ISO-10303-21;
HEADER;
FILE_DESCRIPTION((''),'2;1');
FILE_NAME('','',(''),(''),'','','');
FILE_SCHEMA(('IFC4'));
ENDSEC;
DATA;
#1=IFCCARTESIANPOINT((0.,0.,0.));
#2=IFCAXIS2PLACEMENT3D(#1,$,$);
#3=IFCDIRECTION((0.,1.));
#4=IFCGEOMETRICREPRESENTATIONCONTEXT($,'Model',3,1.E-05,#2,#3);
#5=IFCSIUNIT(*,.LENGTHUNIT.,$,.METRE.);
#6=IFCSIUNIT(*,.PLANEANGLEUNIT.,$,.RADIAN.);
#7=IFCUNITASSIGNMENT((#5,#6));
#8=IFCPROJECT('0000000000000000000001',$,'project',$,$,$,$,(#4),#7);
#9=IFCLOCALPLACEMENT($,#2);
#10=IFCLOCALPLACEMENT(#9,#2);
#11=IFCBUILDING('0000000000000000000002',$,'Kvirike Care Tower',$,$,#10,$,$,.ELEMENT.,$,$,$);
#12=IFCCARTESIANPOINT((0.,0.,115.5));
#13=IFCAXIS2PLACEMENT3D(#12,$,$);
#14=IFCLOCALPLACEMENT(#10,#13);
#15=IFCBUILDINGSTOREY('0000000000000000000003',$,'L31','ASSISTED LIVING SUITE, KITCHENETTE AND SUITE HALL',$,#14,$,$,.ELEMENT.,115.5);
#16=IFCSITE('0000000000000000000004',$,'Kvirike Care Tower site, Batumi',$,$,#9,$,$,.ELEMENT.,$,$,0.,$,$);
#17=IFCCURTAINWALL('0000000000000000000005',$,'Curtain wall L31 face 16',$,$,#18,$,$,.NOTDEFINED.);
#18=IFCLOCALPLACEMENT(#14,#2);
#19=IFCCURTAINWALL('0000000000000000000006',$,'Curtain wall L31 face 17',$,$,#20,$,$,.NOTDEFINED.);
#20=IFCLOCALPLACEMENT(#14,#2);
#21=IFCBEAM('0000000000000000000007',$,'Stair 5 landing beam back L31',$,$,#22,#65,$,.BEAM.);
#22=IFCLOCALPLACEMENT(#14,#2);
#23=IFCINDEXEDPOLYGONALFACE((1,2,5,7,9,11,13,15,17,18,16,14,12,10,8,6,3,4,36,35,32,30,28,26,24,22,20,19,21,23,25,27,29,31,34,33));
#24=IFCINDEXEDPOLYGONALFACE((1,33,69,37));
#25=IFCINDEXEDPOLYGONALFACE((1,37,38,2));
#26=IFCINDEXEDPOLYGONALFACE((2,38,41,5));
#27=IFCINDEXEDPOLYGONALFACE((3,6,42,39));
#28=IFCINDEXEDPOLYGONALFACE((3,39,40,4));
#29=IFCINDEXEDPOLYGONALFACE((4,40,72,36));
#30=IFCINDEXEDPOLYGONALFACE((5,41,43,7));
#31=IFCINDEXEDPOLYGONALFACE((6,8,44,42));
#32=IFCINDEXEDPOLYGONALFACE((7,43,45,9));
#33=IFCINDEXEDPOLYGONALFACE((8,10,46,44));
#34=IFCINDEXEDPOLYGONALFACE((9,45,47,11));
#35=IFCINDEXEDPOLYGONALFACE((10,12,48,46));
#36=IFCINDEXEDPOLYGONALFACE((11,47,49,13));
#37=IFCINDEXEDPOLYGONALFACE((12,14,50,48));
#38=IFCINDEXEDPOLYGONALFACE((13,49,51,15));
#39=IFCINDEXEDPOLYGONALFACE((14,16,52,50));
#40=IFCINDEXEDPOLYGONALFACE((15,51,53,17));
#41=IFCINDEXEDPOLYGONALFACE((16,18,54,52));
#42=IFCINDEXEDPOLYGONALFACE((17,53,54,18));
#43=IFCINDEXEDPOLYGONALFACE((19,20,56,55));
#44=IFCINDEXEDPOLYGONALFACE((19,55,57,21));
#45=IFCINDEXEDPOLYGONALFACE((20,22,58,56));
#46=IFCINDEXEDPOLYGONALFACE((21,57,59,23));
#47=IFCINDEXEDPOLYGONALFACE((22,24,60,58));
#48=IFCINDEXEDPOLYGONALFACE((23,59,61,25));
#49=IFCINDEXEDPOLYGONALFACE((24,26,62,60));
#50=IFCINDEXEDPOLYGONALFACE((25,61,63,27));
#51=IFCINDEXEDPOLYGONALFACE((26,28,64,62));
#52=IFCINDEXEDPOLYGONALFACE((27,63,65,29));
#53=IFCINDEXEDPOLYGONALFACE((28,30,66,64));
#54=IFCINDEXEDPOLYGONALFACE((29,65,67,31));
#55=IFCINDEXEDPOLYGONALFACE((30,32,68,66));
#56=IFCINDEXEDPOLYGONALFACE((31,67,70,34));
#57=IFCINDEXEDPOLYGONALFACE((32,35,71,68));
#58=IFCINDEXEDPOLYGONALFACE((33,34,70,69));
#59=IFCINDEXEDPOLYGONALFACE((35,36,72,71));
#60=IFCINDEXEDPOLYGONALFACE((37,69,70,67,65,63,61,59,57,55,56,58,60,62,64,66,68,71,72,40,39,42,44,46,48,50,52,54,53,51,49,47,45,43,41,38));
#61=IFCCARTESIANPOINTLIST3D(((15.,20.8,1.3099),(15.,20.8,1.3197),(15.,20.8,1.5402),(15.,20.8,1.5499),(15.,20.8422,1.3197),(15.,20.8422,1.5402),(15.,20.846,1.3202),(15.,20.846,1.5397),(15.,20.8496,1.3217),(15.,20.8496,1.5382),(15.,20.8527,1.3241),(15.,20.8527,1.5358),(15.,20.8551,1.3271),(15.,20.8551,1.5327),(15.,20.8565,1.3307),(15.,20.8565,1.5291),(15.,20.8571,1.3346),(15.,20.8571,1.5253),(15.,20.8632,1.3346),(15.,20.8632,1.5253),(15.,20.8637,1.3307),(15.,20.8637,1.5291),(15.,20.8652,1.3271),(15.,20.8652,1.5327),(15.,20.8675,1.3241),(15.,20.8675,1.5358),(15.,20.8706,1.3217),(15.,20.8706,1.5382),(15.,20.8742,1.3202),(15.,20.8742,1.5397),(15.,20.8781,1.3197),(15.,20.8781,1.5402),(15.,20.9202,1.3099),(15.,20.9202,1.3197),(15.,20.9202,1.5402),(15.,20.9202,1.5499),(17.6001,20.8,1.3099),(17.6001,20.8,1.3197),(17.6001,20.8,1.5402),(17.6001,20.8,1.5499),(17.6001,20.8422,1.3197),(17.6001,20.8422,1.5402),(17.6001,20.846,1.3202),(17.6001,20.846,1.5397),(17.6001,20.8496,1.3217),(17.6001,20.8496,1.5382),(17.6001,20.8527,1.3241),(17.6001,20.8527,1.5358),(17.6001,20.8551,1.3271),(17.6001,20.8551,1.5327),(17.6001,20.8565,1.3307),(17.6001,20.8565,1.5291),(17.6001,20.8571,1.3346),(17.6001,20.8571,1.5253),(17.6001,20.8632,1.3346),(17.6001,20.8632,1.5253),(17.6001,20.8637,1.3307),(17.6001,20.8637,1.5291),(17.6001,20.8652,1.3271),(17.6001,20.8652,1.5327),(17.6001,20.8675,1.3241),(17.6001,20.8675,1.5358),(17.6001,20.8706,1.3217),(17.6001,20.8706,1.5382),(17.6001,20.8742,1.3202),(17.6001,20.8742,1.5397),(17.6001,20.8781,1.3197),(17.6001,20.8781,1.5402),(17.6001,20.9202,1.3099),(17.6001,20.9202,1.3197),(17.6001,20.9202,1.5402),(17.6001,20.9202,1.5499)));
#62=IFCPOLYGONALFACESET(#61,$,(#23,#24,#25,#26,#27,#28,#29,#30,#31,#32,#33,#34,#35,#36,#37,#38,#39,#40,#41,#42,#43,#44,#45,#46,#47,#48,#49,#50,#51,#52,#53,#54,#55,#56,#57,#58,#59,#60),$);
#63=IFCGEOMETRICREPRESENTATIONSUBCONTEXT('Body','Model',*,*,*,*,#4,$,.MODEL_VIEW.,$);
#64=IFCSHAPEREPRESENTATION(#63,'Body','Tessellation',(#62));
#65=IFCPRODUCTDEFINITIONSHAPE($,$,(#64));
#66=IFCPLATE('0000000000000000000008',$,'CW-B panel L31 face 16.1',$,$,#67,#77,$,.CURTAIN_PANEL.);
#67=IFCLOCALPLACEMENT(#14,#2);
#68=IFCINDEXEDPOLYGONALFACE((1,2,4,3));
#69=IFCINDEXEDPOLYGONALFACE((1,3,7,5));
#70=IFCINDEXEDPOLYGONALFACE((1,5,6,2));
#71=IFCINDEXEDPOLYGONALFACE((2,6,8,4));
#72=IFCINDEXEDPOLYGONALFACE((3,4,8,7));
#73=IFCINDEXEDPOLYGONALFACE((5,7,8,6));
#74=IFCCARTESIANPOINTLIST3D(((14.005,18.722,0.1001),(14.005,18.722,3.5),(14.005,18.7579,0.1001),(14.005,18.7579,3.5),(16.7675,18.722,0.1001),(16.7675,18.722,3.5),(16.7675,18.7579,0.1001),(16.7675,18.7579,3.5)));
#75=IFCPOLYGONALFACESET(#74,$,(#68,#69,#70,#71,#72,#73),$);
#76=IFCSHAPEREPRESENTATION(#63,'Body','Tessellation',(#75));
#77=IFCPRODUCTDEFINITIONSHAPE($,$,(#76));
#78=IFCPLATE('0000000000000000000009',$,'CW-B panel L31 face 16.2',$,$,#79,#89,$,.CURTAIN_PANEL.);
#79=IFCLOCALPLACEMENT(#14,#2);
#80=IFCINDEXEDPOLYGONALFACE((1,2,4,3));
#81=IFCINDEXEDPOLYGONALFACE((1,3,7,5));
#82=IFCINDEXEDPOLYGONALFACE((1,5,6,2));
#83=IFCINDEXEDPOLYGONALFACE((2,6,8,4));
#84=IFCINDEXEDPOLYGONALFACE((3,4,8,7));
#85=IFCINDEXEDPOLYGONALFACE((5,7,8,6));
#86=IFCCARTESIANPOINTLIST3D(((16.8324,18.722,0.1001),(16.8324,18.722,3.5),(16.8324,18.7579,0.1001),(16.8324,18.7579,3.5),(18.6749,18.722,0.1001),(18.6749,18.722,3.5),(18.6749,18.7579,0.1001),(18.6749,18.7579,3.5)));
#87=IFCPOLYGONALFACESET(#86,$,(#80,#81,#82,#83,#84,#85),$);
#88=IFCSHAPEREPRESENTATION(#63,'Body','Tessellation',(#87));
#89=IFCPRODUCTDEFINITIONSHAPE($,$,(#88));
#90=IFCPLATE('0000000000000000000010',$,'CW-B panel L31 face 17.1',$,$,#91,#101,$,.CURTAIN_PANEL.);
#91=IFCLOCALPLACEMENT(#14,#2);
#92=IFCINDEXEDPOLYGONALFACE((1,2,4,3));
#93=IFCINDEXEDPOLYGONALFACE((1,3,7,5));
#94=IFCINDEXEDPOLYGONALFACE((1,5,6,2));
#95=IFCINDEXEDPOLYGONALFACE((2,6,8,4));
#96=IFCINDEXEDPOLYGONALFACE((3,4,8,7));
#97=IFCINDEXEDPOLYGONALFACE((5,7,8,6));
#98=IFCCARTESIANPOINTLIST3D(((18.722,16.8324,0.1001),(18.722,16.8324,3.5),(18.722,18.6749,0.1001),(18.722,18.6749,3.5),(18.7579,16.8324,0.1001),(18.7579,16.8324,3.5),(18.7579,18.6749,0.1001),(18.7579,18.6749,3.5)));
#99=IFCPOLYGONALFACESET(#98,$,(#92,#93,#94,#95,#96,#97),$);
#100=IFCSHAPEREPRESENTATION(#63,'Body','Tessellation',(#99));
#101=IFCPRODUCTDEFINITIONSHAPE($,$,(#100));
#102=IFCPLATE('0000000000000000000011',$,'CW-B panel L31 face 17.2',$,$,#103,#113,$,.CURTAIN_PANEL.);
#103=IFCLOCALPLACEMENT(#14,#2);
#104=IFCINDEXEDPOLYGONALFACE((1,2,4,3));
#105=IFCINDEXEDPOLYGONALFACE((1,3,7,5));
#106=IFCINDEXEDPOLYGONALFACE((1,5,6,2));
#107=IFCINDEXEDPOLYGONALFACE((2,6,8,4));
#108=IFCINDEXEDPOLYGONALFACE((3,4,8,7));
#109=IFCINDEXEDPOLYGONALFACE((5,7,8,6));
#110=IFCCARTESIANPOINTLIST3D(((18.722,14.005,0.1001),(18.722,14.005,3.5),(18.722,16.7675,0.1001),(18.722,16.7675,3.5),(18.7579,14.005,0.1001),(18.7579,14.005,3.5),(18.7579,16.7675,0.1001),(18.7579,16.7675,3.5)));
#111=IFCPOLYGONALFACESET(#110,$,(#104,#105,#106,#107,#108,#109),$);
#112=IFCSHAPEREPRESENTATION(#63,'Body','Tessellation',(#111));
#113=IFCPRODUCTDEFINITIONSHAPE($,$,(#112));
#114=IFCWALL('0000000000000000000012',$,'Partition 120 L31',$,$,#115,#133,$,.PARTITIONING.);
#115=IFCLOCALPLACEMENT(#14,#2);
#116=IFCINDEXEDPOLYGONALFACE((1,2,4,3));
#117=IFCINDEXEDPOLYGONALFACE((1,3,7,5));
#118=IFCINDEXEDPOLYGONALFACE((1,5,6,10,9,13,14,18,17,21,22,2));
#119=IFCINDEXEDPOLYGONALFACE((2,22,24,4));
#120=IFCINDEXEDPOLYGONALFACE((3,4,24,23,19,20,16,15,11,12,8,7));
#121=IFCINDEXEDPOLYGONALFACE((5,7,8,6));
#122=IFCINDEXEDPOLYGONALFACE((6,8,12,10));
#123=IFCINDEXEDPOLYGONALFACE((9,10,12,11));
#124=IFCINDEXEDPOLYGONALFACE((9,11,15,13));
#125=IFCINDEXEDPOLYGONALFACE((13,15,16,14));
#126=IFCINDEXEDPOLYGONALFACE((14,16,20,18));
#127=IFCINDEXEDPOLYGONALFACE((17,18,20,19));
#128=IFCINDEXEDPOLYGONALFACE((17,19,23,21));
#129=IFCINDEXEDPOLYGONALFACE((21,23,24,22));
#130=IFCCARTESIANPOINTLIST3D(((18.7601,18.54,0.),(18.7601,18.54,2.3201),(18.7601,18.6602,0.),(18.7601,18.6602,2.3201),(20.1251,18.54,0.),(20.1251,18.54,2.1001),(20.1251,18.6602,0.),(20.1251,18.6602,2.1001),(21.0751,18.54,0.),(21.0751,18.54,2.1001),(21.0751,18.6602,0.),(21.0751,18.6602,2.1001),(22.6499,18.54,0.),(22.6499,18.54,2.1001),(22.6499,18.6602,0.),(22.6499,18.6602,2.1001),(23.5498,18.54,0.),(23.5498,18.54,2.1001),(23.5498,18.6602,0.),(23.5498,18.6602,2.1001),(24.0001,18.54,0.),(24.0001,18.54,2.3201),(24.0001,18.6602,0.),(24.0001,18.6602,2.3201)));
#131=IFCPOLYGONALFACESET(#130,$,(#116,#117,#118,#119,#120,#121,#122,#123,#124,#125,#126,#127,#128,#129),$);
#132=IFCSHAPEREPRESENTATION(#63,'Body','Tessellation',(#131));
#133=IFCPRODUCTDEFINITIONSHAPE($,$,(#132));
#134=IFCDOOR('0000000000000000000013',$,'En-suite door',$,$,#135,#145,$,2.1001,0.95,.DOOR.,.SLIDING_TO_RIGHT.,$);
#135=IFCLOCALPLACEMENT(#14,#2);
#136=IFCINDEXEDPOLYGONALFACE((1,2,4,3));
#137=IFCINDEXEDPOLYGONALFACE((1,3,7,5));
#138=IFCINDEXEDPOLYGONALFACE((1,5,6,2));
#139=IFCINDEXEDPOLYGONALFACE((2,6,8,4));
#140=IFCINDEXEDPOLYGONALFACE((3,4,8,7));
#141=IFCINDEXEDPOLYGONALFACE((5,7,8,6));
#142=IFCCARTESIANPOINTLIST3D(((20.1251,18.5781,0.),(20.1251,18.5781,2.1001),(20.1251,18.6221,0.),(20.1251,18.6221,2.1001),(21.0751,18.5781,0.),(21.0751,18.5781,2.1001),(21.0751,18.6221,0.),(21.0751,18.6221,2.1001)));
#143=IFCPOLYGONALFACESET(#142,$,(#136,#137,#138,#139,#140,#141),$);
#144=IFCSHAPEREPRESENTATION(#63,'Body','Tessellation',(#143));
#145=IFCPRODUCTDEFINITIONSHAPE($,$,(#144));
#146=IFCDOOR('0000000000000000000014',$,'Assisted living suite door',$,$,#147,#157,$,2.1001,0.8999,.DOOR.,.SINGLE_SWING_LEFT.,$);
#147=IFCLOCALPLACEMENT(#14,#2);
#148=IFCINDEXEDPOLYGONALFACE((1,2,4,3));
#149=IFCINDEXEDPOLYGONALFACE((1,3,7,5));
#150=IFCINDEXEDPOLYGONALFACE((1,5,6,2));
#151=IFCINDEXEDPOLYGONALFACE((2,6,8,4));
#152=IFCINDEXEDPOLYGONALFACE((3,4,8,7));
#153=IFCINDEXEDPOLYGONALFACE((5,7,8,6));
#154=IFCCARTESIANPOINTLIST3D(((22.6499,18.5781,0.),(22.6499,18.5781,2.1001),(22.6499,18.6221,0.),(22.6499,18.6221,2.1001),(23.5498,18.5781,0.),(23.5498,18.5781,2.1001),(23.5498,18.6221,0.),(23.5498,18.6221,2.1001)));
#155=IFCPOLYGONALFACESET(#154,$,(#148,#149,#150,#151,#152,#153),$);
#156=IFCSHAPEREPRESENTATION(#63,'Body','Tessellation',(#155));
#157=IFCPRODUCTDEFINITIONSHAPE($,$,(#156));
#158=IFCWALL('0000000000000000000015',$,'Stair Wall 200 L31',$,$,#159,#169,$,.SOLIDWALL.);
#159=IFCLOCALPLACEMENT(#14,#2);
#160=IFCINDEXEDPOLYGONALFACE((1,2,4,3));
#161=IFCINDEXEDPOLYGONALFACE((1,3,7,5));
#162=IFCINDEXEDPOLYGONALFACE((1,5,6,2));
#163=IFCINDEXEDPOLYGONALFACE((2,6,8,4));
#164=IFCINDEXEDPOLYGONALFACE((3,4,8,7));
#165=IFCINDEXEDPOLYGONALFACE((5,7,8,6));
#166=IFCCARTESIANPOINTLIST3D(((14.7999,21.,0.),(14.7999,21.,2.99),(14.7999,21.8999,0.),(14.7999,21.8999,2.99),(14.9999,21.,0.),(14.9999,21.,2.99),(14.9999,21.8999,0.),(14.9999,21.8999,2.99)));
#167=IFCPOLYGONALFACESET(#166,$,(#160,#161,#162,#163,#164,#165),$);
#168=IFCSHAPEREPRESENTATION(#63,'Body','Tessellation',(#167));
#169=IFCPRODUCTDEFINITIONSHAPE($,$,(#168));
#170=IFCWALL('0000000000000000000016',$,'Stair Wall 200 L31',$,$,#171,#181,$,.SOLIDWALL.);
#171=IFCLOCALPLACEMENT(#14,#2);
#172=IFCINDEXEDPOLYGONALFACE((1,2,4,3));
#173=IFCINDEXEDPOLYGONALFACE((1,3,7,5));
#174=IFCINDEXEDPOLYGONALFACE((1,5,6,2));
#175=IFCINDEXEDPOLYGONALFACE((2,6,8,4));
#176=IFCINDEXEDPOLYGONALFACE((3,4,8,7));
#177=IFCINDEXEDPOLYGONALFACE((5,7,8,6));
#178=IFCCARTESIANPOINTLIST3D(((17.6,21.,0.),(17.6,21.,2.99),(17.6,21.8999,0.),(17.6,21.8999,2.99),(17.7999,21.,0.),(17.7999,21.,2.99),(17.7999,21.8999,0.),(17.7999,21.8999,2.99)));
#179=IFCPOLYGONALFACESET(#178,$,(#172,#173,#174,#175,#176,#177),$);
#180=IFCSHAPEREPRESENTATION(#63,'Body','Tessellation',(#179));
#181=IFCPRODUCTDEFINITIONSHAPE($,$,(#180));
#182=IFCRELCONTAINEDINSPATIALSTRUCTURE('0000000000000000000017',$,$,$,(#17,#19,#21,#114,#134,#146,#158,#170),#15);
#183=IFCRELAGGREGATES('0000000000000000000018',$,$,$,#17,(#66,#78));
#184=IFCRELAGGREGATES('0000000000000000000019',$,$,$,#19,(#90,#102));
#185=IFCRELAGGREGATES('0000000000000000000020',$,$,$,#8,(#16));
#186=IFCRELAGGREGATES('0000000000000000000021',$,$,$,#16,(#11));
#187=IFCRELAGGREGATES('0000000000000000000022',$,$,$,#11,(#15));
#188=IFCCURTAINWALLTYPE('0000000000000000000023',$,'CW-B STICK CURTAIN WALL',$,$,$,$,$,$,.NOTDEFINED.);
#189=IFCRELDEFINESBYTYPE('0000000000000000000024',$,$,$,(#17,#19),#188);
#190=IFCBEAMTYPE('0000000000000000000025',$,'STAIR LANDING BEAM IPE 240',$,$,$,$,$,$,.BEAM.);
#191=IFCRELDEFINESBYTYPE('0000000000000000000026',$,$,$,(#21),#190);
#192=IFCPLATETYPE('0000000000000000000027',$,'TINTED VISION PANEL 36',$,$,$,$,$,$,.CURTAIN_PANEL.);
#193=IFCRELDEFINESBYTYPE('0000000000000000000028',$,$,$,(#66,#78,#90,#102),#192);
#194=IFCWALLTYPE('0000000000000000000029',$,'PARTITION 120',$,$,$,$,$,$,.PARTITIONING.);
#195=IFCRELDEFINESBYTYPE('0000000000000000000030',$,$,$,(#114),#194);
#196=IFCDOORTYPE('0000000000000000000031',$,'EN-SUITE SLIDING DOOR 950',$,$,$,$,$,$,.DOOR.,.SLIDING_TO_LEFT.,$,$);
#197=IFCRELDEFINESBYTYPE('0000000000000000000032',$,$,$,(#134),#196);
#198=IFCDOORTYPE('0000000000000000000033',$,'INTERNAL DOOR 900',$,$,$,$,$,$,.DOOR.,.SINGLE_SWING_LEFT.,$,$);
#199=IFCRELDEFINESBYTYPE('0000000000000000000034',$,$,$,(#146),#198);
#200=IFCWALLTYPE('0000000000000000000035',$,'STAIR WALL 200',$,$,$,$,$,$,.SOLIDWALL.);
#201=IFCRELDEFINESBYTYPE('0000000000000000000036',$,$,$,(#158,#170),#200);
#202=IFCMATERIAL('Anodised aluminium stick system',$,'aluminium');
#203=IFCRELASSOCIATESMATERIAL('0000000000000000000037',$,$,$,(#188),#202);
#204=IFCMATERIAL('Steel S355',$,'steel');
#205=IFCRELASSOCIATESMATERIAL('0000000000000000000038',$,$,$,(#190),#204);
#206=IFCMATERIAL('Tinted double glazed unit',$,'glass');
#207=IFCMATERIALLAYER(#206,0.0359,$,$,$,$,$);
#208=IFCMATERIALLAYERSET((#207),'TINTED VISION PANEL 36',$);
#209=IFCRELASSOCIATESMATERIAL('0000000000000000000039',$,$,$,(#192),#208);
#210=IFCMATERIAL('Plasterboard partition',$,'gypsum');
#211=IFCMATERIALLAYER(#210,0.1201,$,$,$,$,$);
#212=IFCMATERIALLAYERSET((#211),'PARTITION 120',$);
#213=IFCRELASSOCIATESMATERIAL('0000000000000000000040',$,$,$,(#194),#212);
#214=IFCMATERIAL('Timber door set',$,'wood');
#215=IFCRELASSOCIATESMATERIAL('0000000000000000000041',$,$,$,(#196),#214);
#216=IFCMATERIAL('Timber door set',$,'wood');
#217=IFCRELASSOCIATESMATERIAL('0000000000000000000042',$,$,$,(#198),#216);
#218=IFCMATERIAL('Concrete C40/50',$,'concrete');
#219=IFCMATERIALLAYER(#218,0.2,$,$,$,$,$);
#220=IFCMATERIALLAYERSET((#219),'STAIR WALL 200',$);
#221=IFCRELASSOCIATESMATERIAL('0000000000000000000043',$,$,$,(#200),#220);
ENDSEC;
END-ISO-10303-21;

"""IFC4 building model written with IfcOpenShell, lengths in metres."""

from ifc_helpers import new_model, si_unit, direction, frame, frame_2d, origin, origin_2d, place, context, subcontext, project, spatial, rectangle, i_section, extrude, material, layer, layer_set, material_profile, profile_set, type_object, element, fill, aggregate, save


model = new_model("IFC4")

# Units and contexts
model_context = context("Model", 3, precision=1e-05, world=origin(), true_north=direction((0.0, 1.0)))
body_context = subcontext(model_context, "Body", "Model", "MODEL_VIEW")
ifc_project = project(units=[si_unit("LENGTHUNIT", "METRE"), si_unit("PLANEANGLEUNIT", "RADIAN")], contexts=[model_context])

# Site, building, storey
site_placement = place(None, origin())
site = spatial("IfcSite", under=ifc_project, at=site_placement, Name="Kvirike Care Tower site, Batumi", CompositionType="ELEMENT", RefElevation=0.0)
building_placement = place(site_placement, origin())
building = spatial("IfcBuilding", under=site, at=building_placement, Name="Kvirike Care Tower", CompositionType="ELEMENT")
storey_placement = place(building_placement, frame((0.0, 0.0, 115.5)))
storey = spatial("IfcBuildingStorey", under=building, at=storey_placement, Name="L31", Description="ASSISTED LIVING SUITE, KITCHENETTE AND SUITE HALL", CompositionType="ELEMENT", Elevation=115.5)

# Curtain walls
ifc_material_1 = material(Name="Anodised aluminium stick system", Category="aluminium")
curtain_wall_type = type_object("IfcCurtainWallType", Name="CW-B STICK CURTAIN WALL", PredefinedType="NOTDEFINED", material=ifc_material_1)
curtain_wall_1_placement = place(storey_placement, origin())
curtain_wall_1 = element("IfcCurtainWall", 1, at=curtain_wall_1_placement, inside=storey, type_object=curtain_wall_type, Name="Curtain wall L31 face 16", PredefinedType="NOTDEFINED")
curtain_wall_2_placement = place(storey_placement, origin())
curtain_wall_2 = element("IfcCurtainWall", 2, at=curtain_wall_2_placement, inside=storey, type_object=curtain_wall_type, Name="Curtain wall L31 face 17", PredefinedType="NOTDEFINED")

# Beam
ifc_material_2 = material(Name="Steel S355", Category="steel")
ifc_material_profile_1 = material_profile(ifc_material_2, i_section(OverallWidth=0.1201, OverallDepth=0.24, WebThickness=0.0061, FlangeThickness=0.0098, FilletRadius=0.0149, at=origin_2d()), Name="IPE 240")
ifc_profile_set_1 = profile_set([ifc_material_profile_1], Name="Steel S355")
beam_type = type_object("IfcBeamType", Name="STAIR LANDING BEAM IPE 240", PredefinedType="BEAM", material=ifc_profile_set_1)
beam_placement = place(storey_placement, frame((15.0, 20.8601, 1.4299), z_axis=(1.0, 0.0, 0.0), x_axis=(0.0, 1.0, 0.0)))
element("IfcBeam", 3, at=beam_placement, inside=storey, type_object=beam_type, Name="Stair 5 landing beam back L31", PredefinedType="BEAM", context=body_context, shape_type="SweptSolid", body=[
    extrude(i_section(OverallWidth=0.1201, OverallDepth=0.24, WebThickness=0.0061, FlangeThickness=0.0098, FilletRadius=0.0149, at=origin_2d()), origin(), (0.0, 0.0, 1.0), 2.6001),
])

# Plates
ifc_material_3 = material(Name="Tinted double glazed unit", Category="glass")
ifc_layer_1 = layer(ifc_material_3, 0.0359)
ifc_layer_set_1 = layer_set([ifc_layer_1], Name="TINTED VISION PANEL 36")
plate_type = type_object("IfcPlateType", Name="TINTED VISION PANEL 36", PredefinedType="CURTAIN_PANEL", material=ifc_layer_set_1)
plate_1_placement = place(storey_placement, frame((15.3862, 18.74, 0.1001), z_axis=(0.0, 0.0, 1.0), x_axis=(1.0, 0.0, 0.0)))
plate_1 = element("IfcPlate", 4, at=plate_1_placement, type_object=plate_type, Name="CW-B panel L31 face 16.1", PredefinedType="CURTAIN_PANEL", context=body_context, shape_type="SweptSolid", body=[
    extrude(rectangle(XDim=2.7625, YDim=0.0359, at=origin_2d()), origin(), (0.0, 0.0, 1.0), 3.3999),
])
plate_2_placement = place(storey_placement, frame((17.7537, 18.74, 0.1001), z_axis=(0.0, 0.0, 1.0), x_axis=(1.0, 0.0, 0.0)))
plate_2 = element("IfcPlate", 5, at=plate_2_placement, type_object=plate_type, Name="CW-B panel L31 face 16.2", PredefinedType="CURTAIN_PANEL", context=body_context, shape_type="SweptSolid", body=[
    extrude(rectangle(XDim=1.8425, YDim=0.0359, at=origin_2d()), origin(), (0.0, 0.0, 1.0), 3.3999),
])
aggregate(curtain_wall_1, [plate_1, plate_2])
plate_3_placement = place(storey_placement, frame((18.74, 17.7537, 0.1001), z_axis=(0.0, 0.0, 1.0), x_axis=(0.0, -1.0, 0.0)))
plate_3 = element("IfcPlate", 6, at=plate_3_placement, type_object=plate_type, Name="CW-B panel L31 face 17.1", PredefinedType="CURTAIN_PANEL", context=body_context, shape_type="SweptSolid", body=[
    extrude(rectangle(XDim=1.8425, YDim=0.0359, at=origin_2d()), origin(), (0.0, 0.0, 1.0), 3.3999),
])
plate_4_placement = place(storey_placement, frame((18.74, 15.3862, 0.1001), z_axis=(0.0, 0.0, 1.0), x_axis=(0.0, -1.0, 0.0)))
plate_4 = element("IfcPlate", 7, at=plate_4_placement, type_object=plate_type, Name="CW-B panel L31 face 17.2", PredefinedType="CURTAIN_PANEL", context=body_context, shape_type="SweptSolid", body=[
    extrude(rectangle(XDim=2.7625, YDim=0.0359, at=origin_2d()), origin(), (0.0, 0.0, 1.0), 3.3999),
])
aggregate(curtain_wall_2, [plate_3, plate_4])

# Wall, openings, doors
ifc_material_4 = material(Name="Plasterboard partition", Category="gypsum")
ifc_layer_2 = layer(ifc_material_4, 0.1201)
ifc_layer_set_2 = layer_set([ifc_layer_2], Name="PARTITION 120")
wall_type_1 = type_object("IfcWallType", Name="PARTITION 120", PredefinedType="PARTITIONING", material=ifc_layer_set_2)
wall_1_placement = place(storey_placement, frame((18.76, 18.6001, 0.0), z_axis=(0.0, 0.0, 1.0), x_axis=(1.0, 0.0, 0.0)))
wall_1 = element("IfcWall", 8, at=wall_1_placement, inside=storey, type_object=wall_type_1, Name="Partition 120 L31", PredefinedType="PARTITIONING", context=body_context, shape_type="SweptSolid", body=[
    extrude(rectangle(XDim=5.24, YDim=0.1201, at=frame_2d((2.6201, 0.0))), origin(), (0.0, 0.0, 1.0), 2.3201),
])
opening_1_placement = place(wall_1_placement, frame((3.8899, 0.0, 0.0)))
opening_1 = element("IfcOpeningElement", 9, at=opening_1_placement, cuts=wall_1, PredefinedType="OPENING", context=body_context, shape_type="SweptSolid", body=[
    extrude(rectangle(XDim=0.8999, YDim=2.1001, at=frame_2d((0.45, 1.05))), frame((0.0, 0.0706, 0.0), z_axis=(0.0, -1.0, 0.0), x_axis=(1.0, 0.0, 0.0)), (0.0, 0.0, 1.0), 0.1411),
])
opening_2_placement = place(wall_1_placement, frame((1.365, 0.0, 0.0)))
opening_2 = element("IfcOpeningElement", 10, at=opening_2_placement, cuts=wall_1, PredefinedType="OPENING", context=body_context, shape_type="SweptSolid", body=[
    extrude(rectangle(XDim=0.95, YDim=2.1001, at=frame_2d((0.4751, 1.05))), frame((0.0, 0.0706, 0.0), z_axis=(0.0, -1.0, 0.0), x_axis=(1.0, 0.0, 0.0)), (0.0, 0.0, 1.0), 0.1411),
])
ifc_material_5 = material(Name="Timber door set", Category="wood")
door_type_1 = type_object("IfcDoorType", Name="EN-SUITE SLIDING DOOR 950", OperationType="SLIDING_TO_LEFT", PredefinedType="DOOR", material=ifc_material_5)
door_1_placement = place(opening_2_placement, origin())
door_1 = element("IfcDoor", 11, at=door_1_placement, inside=storey, type_object=door_type_1, Name="En-suite door", OperationType="SLIDING_TO_RIGHT", OverallHeight=2.1001, OverallWidth=0.95, PredefinedType="DOOR", context=body_context, shape_type="SweptSolid", body=[
    extrude(rectangle(XDim=0.95, YDim=2.1001, at=frame_2d((0.4751, 1.05))), frame((0.0, 0.022, 0.0), z_axis=(0.0, -1.0, 0.0), x_axis=(1.0, 0.0, 0.0)), (0.0, 0.0, 1.0), 0.0439),
])
fill(opening_2, door_1)
ifc_material_6 = material(Name="Timber door set", Category="wood")
door_type_2 = type_object("IfcDoorType", Name="INTERNAL DOOR 900", OperationType="SINGLE_SWING_LEFT", PredefinedType="DOOR", material=ifc_material_6)
door_2_placement = place(opening_1_placement, frame((0.8999, 0.0, 0.0), z_axis=(0.0, 0.0, 1.0), x_axis=(-1.0, 0.0, 0.0)))
door_2 = element("IfcDoor", 12, at=door_2_placement, inside=storey, type_object=door_type_2, Name="Assisted living suite door", OperationType="SINGLE_SWING_LEFT", OverallHeight=2.1001, OverallWidth=0.8999, PredefinedType="DOOR", context=body_context, shape_type="SweptSolid", body=[
    extrude(rectangle(XDim=0.8999, YDim=2.1001, at=frame_2d((0.45, 1.05))), frame((0.0, 0.022, 0.0), z_axis=(0.0, -1.0, 0.0), x_axis=(1.0, 0.0, 0.0)), (0.0, 0.0, 1.0), 0.0439),
])
fill(opening_1, door_2)

# Walls
ifc_material_7 = material(Name="Concrete C40/50", Category="concrete")
ifc_layer_3 = layer(ifc_material_7, 0.2)
ifc_layer_set_3 = layer_set([ifc_layer_3], Name="STAIR WALL 200")
wall_type_2 = type_object("IfcWallType", Name="STAIR WALL 200", PredefinedType="SOLIDWALL", material=ifc_layer_set_3)
for number, where, z_axis, x_axis, name in (
    (13, (14.8999, 21.0, 0.0), (0.0, 0.0, 1.0), (0.0, 1.0, 0.0), "Stair Wall 200 L31"),
    (14, (17.7, 21.0, 0.0), (0.0, 0.0, 1.0), (0.0, 1.0, 0.0), "Stair Wall 200 L31"),
):
    element("IfcWall", number, at=place(storey_placement, frame(where, z_axis=z_axis, x_axis=x_axis)), inside=storey, type_object=wall_type_2, Name=name, PredefinedType="SOLIDWALL", context=body_context, shape_type="SweptSolid", body=[
        extrude(rectangle(XDim=0.8999, YDim=0.2, at=frame_2d((0.45, 0.0))), origin(), (0.0, 0.0, 1.0), 2.99),
    ])

save(model, "model.ifc")
